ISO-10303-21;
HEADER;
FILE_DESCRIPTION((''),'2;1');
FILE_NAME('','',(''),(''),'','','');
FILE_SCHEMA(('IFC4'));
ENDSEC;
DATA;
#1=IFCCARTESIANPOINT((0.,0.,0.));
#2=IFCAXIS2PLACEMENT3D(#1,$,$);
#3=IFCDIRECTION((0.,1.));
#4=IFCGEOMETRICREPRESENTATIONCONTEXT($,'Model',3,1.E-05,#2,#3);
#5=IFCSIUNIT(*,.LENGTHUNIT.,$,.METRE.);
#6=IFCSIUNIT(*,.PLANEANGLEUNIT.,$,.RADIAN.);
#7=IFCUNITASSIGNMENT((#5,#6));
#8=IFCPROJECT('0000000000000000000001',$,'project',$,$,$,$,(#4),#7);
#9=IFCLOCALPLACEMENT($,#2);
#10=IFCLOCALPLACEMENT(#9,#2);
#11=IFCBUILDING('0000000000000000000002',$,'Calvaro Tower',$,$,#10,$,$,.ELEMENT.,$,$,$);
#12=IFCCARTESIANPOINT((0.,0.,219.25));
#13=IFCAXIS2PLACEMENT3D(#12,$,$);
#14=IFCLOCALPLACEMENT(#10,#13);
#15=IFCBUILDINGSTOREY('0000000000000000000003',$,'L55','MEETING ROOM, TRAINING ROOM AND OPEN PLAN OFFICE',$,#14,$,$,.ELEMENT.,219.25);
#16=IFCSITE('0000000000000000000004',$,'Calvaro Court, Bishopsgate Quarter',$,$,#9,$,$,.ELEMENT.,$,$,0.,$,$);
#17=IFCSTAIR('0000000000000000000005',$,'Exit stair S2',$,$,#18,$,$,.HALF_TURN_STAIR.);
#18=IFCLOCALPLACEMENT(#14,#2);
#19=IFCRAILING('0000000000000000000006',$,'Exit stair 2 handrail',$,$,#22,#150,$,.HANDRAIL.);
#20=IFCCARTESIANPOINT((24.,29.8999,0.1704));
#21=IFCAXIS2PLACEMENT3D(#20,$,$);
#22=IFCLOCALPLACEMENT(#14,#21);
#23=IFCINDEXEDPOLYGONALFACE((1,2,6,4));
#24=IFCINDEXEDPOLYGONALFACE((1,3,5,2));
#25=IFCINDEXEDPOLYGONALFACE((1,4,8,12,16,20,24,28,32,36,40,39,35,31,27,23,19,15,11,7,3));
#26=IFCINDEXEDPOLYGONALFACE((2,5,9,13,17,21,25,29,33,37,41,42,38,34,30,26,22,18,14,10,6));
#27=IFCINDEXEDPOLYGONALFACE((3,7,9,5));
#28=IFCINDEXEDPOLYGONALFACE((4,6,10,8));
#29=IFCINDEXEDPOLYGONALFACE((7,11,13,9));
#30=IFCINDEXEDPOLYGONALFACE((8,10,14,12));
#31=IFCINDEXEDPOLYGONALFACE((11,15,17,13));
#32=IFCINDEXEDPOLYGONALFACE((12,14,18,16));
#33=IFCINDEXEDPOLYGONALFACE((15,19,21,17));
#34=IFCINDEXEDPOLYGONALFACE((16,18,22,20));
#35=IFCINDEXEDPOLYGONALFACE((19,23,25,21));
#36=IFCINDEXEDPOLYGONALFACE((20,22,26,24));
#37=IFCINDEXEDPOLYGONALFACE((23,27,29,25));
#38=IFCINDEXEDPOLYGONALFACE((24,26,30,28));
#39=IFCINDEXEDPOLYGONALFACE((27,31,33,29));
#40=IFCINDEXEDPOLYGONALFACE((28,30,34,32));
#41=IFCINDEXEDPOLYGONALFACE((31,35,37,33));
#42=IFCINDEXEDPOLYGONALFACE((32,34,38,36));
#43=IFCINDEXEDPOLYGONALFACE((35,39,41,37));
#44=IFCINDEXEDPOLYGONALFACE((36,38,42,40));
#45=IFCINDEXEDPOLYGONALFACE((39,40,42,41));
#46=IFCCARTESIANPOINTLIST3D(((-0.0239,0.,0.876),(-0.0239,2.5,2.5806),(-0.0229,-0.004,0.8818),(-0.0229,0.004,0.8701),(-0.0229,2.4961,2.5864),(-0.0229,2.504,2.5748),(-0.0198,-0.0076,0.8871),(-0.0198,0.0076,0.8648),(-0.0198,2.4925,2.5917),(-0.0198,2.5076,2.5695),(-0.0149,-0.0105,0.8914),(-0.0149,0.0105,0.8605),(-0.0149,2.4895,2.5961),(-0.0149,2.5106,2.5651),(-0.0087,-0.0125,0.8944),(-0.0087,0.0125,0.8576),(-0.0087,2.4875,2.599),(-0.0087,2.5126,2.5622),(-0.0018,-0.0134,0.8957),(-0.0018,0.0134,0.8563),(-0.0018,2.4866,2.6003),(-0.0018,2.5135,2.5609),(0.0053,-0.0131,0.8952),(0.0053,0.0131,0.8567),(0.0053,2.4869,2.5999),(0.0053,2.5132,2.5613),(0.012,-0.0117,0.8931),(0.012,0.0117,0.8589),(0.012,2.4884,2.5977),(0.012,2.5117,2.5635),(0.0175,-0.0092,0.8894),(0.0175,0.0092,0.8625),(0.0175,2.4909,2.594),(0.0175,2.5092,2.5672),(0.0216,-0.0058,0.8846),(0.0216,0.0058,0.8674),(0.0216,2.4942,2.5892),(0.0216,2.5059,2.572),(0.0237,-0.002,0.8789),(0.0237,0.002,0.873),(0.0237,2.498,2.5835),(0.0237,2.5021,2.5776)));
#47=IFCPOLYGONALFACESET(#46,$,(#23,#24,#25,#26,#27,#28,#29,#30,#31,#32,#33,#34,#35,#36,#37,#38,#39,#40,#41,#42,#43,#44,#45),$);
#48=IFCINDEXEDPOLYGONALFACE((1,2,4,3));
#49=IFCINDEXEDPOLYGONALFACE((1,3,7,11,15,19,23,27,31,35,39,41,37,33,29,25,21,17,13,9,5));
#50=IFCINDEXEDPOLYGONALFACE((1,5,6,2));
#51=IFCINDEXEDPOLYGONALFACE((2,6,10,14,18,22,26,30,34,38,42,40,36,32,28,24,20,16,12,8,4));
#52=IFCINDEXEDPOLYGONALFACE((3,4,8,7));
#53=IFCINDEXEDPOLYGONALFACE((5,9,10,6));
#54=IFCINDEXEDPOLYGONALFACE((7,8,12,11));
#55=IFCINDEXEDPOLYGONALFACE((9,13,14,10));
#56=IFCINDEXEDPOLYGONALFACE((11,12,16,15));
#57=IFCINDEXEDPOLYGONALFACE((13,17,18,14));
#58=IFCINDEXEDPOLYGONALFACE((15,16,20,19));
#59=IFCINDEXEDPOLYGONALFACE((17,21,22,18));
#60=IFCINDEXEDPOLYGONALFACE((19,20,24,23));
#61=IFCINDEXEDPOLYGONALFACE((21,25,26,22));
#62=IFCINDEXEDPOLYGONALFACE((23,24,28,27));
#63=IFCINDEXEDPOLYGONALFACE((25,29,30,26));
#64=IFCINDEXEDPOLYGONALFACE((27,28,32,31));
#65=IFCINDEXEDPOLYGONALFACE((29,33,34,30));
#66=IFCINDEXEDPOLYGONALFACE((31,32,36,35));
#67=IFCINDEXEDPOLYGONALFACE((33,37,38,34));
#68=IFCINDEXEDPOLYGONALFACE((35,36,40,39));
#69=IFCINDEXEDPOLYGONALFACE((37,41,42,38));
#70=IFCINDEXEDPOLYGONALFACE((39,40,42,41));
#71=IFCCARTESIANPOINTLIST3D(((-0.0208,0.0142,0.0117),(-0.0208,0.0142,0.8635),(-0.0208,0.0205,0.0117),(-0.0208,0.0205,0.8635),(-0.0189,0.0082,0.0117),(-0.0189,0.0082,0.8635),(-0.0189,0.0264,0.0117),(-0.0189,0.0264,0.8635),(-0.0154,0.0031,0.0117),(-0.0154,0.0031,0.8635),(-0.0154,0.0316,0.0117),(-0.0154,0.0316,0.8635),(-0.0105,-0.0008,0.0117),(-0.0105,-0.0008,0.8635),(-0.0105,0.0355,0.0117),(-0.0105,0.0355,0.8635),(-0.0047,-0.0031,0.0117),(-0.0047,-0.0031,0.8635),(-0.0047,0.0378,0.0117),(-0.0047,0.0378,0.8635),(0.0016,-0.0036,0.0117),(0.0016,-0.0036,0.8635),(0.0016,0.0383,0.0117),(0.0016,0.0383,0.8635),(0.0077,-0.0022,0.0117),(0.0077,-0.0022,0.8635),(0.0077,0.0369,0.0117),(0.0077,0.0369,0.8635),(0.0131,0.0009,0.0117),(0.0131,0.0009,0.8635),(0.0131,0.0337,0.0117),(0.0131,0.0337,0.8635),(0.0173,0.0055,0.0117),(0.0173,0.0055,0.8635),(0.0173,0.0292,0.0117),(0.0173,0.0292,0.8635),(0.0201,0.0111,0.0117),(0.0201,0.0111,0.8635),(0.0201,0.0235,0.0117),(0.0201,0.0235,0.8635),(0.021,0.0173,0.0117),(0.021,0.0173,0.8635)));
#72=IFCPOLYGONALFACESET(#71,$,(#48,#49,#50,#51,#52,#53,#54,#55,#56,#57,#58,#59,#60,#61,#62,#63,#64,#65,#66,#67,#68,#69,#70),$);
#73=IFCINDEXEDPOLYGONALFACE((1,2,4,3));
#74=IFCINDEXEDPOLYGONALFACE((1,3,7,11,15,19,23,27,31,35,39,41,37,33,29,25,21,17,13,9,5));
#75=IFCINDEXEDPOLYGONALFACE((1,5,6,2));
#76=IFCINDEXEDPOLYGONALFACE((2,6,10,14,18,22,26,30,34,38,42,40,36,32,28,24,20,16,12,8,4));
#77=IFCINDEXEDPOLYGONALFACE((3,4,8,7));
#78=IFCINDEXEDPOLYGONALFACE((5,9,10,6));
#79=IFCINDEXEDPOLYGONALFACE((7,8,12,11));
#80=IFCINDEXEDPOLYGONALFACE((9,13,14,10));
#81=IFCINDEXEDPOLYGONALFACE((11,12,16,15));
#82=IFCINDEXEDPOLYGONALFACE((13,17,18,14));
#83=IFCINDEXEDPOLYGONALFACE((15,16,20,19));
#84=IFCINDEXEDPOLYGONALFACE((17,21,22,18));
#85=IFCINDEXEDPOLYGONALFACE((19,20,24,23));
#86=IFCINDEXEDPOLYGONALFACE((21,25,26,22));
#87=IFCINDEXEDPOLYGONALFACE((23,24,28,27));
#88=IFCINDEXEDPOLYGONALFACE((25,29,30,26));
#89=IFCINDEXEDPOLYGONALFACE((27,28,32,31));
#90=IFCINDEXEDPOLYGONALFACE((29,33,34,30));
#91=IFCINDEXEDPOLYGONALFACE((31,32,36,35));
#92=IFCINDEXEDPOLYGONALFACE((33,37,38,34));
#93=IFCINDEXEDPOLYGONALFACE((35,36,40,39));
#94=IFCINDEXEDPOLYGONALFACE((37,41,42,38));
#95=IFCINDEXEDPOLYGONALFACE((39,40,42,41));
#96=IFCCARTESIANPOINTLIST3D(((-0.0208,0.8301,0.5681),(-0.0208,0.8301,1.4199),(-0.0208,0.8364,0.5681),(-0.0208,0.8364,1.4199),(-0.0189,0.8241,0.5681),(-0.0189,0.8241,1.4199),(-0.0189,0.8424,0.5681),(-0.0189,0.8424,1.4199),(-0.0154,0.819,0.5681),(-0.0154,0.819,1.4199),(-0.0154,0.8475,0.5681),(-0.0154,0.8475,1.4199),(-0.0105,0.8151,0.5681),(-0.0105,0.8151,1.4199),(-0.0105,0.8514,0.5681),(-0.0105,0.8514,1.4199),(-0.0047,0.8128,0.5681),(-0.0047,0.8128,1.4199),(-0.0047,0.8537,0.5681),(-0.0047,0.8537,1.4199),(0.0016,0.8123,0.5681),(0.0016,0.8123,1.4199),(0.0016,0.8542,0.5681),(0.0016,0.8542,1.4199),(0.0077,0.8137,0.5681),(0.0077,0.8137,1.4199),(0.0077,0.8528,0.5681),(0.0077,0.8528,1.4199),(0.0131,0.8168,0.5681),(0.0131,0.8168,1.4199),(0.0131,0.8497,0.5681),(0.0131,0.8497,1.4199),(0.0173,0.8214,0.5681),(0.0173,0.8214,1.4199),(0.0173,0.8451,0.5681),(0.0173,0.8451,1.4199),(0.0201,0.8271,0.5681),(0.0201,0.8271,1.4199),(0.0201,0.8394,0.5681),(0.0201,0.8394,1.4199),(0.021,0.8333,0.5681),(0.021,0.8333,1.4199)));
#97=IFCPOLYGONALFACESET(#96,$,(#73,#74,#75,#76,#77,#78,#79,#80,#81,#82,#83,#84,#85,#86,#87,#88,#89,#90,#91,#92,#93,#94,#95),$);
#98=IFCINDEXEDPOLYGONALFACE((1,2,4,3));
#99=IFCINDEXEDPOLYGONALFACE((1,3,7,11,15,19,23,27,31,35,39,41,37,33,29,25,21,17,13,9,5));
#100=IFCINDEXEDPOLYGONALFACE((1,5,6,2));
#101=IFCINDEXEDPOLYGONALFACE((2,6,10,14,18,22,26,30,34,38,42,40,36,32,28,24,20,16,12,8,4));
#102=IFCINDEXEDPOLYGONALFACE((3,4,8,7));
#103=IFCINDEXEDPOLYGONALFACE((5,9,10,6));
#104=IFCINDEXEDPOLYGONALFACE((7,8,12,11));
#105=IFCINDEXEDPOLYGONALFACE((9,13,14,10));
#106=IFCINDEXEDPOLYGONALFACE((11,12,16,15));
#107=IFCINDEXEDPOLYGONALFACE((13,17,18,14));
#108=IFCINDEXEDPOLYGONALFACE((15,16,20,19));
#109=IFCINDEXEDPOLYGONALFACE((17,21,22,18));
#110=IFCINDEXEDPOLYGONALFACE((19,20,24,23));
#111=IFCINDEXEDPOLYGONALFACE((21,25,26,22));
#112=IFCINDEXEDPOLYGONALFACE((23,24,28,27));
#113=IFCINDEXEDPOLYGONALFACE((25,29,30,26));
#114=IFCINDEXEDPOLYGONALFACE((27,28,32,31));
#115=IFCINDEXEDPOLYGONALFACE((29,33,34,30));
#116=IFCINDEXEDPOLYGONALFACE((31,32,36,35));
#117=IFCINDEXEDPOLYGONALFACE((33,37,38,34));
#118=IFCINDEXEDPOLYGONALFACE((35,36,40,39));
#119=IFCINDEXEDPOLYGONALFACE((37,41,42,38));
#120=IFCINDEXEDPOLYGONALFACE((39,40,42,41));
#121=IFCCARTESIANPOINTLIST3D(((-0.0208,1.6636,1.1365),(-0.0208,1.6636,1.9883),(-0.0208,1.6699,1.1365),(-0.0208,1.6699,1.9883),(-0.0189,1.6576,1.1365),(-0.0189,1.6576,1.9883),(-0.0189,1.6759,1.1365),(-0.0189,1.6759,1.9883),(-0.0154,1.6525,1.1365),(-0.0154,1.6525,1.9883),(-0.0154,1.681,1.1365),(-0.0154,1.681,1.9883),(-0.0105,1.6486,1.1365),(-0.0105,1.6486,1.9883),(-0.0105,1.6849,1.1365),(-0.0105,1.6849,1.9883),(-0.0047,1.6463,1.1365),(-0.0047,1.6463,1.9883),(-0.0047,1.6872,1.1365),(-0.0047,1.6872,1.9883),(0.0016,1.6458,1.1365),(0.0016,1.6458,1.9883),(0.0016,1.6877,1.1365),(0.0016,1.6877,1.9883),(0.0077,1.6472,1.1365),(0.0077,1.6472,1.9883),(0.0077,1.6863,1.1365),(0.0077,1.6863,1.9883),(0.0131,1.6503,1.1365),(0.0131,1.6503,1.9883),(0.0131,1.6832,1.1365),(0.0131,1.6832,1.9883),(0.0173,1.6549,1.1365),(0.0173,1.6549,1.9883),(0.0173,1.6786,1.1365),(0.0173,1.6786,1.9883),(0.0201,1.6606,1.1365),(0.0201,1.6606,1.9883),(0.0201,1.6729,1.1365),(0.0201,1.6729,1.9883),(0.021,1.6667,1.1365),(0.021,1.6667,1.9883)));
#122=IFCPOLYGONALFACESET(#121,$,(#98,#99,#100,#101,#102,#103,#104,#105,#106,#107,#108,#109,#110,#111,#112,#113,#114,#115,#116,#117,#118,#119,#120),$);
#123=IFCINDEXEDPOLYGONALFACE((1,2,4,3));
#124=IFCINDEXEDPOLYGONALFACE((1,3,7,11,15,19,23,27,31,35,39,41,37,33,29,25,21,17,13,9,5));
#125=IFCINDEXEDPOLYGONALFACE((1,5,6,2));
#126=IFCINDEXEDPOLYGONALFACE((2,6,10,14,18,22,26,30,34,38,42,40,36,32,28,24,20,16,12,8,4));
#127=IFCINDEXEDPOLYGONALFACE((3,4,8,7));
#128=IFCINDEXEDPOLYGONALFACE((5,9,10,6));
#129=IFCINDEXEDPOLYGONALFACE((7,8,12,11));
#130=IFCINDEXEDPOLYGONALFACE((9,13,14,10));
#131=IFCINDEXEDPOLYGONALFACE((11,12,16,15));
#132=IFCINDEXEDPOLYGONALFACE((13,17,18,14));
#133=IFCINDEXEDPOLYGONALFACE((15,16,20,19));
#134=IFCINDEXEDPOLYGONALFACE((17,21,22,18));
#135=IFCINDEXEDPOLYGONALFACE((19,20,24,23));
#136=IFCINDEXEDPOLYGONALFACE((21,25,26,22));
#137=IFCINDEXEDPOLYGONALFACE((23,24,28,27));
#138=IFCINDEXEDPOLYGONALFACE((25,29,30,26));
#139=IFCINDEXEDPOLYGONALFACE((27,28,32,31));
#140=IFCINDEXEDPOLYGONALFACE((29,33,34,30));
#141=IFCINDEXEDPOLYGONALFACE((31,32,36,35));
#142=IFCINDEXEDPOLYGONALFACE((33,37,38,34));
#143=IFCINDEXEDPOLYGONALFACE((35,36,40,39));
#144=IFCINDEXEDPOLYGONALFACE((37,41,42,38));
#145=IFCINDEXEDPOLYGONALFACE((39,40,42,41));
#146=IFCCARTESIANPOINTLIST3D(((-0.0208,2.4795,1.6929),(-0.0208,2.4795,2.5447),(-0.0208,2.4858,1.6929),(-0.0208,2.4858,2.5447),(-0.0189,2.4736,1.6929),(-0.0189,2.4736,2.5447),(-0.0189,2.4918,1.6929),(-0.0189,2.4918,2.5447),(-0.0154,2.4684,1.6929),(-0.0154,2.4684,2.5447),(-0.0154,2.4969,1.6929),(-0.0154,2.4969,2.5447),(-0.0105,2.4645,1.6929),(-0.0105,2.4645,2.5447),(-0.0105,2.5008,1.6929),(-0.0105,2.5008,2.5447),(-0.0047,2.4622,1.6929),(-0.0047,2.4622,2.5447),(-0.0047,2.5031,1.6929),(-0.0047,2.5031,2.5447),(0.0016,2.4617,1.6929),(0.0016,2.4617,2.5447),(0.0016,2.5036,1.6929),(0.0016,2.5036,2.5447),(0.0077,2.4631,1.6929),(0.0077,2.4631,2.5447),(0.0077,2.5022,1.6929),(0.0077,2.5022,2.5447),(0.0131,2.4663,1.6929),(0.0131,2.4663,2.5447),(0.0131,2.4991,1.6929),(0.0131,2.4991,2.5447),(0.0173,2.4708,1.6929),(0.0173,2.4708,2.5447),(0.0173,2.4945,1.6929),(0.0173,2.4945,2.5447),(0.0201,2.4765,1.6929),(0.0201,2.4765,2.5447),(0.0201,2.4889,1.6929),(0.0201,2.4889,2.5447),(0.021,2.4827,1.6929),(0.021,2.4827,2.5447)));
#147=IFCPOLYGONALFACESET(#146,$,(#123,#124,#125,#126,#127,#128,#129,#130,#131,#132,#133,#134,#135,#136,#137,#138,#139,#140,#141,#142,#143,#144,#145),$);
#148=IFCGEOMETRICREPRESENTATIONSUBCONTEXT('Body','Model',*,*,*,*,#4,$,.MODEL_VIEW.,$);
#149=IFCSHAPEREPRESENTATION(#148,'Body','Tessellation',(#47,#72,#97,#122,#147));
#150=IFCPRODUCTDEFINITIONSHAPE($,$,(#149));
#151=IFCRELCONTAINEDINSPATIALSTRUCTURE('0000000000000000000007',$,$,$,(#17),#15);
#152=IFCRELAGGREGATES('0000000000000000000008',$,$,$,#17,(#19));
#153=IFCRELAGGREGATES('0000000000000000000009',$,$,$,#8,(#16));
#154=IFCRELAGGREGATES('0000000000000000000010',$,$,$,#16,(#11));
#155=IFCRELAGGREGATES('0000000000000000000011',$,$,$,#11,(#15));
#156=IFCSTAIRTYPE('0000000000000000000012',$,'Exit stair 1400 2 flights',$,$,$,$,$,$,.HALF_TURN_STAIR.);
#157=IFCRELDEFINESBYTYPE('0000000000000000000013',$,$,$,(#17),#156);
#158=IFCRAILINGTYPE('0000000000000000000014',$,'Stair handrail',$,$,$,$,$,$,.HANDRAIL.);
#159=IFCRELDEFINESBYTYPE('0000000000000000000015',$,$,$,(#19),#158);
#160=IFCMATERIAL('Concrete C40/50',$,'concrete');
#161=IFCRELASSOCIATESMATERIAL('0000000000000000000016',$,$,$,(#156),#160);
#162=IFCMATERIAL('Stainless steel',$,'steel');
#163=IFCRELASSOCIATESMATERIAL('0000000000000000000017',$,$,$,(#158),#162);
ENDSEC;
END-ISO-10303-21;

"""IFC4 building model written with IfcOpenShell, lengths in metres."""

from ifc_helpers import new_model, si_unit, direction, frame, origin, origin_2d, place, context, subcontext, project, spatial, circle, extrude, material, type_object, element, aggregate, save


model = new_model("IFC4")

# Units and contexts
model_context = context("Model", 3, precision=1e-05, world=origin(), true_north=direction((0.0, 1.0)))
body_context = subcontext(model_context, "Body", "Model", "MODEL_VIEW")
ifc_project = project(units=[si_unit("LENGTHUNIT", "METRE"), si_unit("PLANEANGLEUNIT", "RADIAN")], contexts=[model_context])

# Site, building, storey
site_placement = place(None, origin())
site = spatial("IfcSite", under=ifc_project, at=site_placement, Name="Calvaro Court, Bishopsgate Quarter", CompositionType="ELEMENT", RefElevation=0.0)
building_placement = place(site_placement, origin())
building = spatial("IfcBuilding", under=site, at=building_placement, Name="Calvaro Tower", CompositionType="ELEMENT")
storey_placement = place(building_placement, frame((0.0, 0.0, 219.25)))
storey = spatial("IfcBuildingStorey", under=building, at=storey_placement, Name="L55", Description="MEETING ROOM, TRAINING ROOM AND OPEN PLAN OFFICE", CompositionType="ELEMENT", Elevation=219.25)

# Stair, railing
ifc_material_1 = material(Name="Concrete C40/50", Category="concrete")
stair_type = type_object("IfcStairType", Name="Exit stair 1400 2 flights", PredefinedType="HALF_TURN_STAIR", material=ifc_material_1)
stair_placement = place(storey_placement, origin())
stair = element("IfcStair", 1, at=stair_placement, inside=storey, type_object=stair_type, Name="Exit stair S2", PredefinedType="HALF_TURN_STAIR")
ifc_material_2 = material(Name="Stainless steel", Category="steel")
railing_type = type_object("IfcRailingType", Name="Stair handrail", PredefinedType="HANDRAIL", material=ifc_material_2)
railing_placement = place(storey_placement, frame((24.0, 29.8999, 0.1704)))
railing = element("IfcRailing", 2, at=railing_placement, type_object=railing_type, Name="Exit stair 2 handrail", PredefinedType="HANDRAIL", context=body_context, shape_type="SweptSolid", body=[
    extrude(circle(Radius=0.0239, at=origin_2d()), frame((0.0, 0.0, 0.876), z_axis=(0.0, 0.826221, 0.563347), x_axis=(-1.0, 0.0, 0.0)), (0.0, 0.0, 1.0), 3.0259),
    extrude(circle(Radius=0.021, at=origin_2d()), frame((0.0, 0.0173, 0.0117)), (0.0, 0.0, 1.0), 0.8518),
    extrude(circle(Radius=0.021, at=origin_2d()), frame((0.0, 0.8333, 0.5681)), (0.0, 0.0, 1.0), 0.8518),
    extrude(circle(Radius=0.021, at=origin_2d()), frame((0.0, 1.6667, 1.1365)), (0.0, 0.0, 1.0), 0.8518),
    extrude(circle(Radius=0.021, at=origin_2d()), frame((0.0, 2.4827, 1.6929)), (0.0, 0.0, 1.0), 0.8518),
])
aggregate(stair, [railing])

save(model, "model.ifc")
